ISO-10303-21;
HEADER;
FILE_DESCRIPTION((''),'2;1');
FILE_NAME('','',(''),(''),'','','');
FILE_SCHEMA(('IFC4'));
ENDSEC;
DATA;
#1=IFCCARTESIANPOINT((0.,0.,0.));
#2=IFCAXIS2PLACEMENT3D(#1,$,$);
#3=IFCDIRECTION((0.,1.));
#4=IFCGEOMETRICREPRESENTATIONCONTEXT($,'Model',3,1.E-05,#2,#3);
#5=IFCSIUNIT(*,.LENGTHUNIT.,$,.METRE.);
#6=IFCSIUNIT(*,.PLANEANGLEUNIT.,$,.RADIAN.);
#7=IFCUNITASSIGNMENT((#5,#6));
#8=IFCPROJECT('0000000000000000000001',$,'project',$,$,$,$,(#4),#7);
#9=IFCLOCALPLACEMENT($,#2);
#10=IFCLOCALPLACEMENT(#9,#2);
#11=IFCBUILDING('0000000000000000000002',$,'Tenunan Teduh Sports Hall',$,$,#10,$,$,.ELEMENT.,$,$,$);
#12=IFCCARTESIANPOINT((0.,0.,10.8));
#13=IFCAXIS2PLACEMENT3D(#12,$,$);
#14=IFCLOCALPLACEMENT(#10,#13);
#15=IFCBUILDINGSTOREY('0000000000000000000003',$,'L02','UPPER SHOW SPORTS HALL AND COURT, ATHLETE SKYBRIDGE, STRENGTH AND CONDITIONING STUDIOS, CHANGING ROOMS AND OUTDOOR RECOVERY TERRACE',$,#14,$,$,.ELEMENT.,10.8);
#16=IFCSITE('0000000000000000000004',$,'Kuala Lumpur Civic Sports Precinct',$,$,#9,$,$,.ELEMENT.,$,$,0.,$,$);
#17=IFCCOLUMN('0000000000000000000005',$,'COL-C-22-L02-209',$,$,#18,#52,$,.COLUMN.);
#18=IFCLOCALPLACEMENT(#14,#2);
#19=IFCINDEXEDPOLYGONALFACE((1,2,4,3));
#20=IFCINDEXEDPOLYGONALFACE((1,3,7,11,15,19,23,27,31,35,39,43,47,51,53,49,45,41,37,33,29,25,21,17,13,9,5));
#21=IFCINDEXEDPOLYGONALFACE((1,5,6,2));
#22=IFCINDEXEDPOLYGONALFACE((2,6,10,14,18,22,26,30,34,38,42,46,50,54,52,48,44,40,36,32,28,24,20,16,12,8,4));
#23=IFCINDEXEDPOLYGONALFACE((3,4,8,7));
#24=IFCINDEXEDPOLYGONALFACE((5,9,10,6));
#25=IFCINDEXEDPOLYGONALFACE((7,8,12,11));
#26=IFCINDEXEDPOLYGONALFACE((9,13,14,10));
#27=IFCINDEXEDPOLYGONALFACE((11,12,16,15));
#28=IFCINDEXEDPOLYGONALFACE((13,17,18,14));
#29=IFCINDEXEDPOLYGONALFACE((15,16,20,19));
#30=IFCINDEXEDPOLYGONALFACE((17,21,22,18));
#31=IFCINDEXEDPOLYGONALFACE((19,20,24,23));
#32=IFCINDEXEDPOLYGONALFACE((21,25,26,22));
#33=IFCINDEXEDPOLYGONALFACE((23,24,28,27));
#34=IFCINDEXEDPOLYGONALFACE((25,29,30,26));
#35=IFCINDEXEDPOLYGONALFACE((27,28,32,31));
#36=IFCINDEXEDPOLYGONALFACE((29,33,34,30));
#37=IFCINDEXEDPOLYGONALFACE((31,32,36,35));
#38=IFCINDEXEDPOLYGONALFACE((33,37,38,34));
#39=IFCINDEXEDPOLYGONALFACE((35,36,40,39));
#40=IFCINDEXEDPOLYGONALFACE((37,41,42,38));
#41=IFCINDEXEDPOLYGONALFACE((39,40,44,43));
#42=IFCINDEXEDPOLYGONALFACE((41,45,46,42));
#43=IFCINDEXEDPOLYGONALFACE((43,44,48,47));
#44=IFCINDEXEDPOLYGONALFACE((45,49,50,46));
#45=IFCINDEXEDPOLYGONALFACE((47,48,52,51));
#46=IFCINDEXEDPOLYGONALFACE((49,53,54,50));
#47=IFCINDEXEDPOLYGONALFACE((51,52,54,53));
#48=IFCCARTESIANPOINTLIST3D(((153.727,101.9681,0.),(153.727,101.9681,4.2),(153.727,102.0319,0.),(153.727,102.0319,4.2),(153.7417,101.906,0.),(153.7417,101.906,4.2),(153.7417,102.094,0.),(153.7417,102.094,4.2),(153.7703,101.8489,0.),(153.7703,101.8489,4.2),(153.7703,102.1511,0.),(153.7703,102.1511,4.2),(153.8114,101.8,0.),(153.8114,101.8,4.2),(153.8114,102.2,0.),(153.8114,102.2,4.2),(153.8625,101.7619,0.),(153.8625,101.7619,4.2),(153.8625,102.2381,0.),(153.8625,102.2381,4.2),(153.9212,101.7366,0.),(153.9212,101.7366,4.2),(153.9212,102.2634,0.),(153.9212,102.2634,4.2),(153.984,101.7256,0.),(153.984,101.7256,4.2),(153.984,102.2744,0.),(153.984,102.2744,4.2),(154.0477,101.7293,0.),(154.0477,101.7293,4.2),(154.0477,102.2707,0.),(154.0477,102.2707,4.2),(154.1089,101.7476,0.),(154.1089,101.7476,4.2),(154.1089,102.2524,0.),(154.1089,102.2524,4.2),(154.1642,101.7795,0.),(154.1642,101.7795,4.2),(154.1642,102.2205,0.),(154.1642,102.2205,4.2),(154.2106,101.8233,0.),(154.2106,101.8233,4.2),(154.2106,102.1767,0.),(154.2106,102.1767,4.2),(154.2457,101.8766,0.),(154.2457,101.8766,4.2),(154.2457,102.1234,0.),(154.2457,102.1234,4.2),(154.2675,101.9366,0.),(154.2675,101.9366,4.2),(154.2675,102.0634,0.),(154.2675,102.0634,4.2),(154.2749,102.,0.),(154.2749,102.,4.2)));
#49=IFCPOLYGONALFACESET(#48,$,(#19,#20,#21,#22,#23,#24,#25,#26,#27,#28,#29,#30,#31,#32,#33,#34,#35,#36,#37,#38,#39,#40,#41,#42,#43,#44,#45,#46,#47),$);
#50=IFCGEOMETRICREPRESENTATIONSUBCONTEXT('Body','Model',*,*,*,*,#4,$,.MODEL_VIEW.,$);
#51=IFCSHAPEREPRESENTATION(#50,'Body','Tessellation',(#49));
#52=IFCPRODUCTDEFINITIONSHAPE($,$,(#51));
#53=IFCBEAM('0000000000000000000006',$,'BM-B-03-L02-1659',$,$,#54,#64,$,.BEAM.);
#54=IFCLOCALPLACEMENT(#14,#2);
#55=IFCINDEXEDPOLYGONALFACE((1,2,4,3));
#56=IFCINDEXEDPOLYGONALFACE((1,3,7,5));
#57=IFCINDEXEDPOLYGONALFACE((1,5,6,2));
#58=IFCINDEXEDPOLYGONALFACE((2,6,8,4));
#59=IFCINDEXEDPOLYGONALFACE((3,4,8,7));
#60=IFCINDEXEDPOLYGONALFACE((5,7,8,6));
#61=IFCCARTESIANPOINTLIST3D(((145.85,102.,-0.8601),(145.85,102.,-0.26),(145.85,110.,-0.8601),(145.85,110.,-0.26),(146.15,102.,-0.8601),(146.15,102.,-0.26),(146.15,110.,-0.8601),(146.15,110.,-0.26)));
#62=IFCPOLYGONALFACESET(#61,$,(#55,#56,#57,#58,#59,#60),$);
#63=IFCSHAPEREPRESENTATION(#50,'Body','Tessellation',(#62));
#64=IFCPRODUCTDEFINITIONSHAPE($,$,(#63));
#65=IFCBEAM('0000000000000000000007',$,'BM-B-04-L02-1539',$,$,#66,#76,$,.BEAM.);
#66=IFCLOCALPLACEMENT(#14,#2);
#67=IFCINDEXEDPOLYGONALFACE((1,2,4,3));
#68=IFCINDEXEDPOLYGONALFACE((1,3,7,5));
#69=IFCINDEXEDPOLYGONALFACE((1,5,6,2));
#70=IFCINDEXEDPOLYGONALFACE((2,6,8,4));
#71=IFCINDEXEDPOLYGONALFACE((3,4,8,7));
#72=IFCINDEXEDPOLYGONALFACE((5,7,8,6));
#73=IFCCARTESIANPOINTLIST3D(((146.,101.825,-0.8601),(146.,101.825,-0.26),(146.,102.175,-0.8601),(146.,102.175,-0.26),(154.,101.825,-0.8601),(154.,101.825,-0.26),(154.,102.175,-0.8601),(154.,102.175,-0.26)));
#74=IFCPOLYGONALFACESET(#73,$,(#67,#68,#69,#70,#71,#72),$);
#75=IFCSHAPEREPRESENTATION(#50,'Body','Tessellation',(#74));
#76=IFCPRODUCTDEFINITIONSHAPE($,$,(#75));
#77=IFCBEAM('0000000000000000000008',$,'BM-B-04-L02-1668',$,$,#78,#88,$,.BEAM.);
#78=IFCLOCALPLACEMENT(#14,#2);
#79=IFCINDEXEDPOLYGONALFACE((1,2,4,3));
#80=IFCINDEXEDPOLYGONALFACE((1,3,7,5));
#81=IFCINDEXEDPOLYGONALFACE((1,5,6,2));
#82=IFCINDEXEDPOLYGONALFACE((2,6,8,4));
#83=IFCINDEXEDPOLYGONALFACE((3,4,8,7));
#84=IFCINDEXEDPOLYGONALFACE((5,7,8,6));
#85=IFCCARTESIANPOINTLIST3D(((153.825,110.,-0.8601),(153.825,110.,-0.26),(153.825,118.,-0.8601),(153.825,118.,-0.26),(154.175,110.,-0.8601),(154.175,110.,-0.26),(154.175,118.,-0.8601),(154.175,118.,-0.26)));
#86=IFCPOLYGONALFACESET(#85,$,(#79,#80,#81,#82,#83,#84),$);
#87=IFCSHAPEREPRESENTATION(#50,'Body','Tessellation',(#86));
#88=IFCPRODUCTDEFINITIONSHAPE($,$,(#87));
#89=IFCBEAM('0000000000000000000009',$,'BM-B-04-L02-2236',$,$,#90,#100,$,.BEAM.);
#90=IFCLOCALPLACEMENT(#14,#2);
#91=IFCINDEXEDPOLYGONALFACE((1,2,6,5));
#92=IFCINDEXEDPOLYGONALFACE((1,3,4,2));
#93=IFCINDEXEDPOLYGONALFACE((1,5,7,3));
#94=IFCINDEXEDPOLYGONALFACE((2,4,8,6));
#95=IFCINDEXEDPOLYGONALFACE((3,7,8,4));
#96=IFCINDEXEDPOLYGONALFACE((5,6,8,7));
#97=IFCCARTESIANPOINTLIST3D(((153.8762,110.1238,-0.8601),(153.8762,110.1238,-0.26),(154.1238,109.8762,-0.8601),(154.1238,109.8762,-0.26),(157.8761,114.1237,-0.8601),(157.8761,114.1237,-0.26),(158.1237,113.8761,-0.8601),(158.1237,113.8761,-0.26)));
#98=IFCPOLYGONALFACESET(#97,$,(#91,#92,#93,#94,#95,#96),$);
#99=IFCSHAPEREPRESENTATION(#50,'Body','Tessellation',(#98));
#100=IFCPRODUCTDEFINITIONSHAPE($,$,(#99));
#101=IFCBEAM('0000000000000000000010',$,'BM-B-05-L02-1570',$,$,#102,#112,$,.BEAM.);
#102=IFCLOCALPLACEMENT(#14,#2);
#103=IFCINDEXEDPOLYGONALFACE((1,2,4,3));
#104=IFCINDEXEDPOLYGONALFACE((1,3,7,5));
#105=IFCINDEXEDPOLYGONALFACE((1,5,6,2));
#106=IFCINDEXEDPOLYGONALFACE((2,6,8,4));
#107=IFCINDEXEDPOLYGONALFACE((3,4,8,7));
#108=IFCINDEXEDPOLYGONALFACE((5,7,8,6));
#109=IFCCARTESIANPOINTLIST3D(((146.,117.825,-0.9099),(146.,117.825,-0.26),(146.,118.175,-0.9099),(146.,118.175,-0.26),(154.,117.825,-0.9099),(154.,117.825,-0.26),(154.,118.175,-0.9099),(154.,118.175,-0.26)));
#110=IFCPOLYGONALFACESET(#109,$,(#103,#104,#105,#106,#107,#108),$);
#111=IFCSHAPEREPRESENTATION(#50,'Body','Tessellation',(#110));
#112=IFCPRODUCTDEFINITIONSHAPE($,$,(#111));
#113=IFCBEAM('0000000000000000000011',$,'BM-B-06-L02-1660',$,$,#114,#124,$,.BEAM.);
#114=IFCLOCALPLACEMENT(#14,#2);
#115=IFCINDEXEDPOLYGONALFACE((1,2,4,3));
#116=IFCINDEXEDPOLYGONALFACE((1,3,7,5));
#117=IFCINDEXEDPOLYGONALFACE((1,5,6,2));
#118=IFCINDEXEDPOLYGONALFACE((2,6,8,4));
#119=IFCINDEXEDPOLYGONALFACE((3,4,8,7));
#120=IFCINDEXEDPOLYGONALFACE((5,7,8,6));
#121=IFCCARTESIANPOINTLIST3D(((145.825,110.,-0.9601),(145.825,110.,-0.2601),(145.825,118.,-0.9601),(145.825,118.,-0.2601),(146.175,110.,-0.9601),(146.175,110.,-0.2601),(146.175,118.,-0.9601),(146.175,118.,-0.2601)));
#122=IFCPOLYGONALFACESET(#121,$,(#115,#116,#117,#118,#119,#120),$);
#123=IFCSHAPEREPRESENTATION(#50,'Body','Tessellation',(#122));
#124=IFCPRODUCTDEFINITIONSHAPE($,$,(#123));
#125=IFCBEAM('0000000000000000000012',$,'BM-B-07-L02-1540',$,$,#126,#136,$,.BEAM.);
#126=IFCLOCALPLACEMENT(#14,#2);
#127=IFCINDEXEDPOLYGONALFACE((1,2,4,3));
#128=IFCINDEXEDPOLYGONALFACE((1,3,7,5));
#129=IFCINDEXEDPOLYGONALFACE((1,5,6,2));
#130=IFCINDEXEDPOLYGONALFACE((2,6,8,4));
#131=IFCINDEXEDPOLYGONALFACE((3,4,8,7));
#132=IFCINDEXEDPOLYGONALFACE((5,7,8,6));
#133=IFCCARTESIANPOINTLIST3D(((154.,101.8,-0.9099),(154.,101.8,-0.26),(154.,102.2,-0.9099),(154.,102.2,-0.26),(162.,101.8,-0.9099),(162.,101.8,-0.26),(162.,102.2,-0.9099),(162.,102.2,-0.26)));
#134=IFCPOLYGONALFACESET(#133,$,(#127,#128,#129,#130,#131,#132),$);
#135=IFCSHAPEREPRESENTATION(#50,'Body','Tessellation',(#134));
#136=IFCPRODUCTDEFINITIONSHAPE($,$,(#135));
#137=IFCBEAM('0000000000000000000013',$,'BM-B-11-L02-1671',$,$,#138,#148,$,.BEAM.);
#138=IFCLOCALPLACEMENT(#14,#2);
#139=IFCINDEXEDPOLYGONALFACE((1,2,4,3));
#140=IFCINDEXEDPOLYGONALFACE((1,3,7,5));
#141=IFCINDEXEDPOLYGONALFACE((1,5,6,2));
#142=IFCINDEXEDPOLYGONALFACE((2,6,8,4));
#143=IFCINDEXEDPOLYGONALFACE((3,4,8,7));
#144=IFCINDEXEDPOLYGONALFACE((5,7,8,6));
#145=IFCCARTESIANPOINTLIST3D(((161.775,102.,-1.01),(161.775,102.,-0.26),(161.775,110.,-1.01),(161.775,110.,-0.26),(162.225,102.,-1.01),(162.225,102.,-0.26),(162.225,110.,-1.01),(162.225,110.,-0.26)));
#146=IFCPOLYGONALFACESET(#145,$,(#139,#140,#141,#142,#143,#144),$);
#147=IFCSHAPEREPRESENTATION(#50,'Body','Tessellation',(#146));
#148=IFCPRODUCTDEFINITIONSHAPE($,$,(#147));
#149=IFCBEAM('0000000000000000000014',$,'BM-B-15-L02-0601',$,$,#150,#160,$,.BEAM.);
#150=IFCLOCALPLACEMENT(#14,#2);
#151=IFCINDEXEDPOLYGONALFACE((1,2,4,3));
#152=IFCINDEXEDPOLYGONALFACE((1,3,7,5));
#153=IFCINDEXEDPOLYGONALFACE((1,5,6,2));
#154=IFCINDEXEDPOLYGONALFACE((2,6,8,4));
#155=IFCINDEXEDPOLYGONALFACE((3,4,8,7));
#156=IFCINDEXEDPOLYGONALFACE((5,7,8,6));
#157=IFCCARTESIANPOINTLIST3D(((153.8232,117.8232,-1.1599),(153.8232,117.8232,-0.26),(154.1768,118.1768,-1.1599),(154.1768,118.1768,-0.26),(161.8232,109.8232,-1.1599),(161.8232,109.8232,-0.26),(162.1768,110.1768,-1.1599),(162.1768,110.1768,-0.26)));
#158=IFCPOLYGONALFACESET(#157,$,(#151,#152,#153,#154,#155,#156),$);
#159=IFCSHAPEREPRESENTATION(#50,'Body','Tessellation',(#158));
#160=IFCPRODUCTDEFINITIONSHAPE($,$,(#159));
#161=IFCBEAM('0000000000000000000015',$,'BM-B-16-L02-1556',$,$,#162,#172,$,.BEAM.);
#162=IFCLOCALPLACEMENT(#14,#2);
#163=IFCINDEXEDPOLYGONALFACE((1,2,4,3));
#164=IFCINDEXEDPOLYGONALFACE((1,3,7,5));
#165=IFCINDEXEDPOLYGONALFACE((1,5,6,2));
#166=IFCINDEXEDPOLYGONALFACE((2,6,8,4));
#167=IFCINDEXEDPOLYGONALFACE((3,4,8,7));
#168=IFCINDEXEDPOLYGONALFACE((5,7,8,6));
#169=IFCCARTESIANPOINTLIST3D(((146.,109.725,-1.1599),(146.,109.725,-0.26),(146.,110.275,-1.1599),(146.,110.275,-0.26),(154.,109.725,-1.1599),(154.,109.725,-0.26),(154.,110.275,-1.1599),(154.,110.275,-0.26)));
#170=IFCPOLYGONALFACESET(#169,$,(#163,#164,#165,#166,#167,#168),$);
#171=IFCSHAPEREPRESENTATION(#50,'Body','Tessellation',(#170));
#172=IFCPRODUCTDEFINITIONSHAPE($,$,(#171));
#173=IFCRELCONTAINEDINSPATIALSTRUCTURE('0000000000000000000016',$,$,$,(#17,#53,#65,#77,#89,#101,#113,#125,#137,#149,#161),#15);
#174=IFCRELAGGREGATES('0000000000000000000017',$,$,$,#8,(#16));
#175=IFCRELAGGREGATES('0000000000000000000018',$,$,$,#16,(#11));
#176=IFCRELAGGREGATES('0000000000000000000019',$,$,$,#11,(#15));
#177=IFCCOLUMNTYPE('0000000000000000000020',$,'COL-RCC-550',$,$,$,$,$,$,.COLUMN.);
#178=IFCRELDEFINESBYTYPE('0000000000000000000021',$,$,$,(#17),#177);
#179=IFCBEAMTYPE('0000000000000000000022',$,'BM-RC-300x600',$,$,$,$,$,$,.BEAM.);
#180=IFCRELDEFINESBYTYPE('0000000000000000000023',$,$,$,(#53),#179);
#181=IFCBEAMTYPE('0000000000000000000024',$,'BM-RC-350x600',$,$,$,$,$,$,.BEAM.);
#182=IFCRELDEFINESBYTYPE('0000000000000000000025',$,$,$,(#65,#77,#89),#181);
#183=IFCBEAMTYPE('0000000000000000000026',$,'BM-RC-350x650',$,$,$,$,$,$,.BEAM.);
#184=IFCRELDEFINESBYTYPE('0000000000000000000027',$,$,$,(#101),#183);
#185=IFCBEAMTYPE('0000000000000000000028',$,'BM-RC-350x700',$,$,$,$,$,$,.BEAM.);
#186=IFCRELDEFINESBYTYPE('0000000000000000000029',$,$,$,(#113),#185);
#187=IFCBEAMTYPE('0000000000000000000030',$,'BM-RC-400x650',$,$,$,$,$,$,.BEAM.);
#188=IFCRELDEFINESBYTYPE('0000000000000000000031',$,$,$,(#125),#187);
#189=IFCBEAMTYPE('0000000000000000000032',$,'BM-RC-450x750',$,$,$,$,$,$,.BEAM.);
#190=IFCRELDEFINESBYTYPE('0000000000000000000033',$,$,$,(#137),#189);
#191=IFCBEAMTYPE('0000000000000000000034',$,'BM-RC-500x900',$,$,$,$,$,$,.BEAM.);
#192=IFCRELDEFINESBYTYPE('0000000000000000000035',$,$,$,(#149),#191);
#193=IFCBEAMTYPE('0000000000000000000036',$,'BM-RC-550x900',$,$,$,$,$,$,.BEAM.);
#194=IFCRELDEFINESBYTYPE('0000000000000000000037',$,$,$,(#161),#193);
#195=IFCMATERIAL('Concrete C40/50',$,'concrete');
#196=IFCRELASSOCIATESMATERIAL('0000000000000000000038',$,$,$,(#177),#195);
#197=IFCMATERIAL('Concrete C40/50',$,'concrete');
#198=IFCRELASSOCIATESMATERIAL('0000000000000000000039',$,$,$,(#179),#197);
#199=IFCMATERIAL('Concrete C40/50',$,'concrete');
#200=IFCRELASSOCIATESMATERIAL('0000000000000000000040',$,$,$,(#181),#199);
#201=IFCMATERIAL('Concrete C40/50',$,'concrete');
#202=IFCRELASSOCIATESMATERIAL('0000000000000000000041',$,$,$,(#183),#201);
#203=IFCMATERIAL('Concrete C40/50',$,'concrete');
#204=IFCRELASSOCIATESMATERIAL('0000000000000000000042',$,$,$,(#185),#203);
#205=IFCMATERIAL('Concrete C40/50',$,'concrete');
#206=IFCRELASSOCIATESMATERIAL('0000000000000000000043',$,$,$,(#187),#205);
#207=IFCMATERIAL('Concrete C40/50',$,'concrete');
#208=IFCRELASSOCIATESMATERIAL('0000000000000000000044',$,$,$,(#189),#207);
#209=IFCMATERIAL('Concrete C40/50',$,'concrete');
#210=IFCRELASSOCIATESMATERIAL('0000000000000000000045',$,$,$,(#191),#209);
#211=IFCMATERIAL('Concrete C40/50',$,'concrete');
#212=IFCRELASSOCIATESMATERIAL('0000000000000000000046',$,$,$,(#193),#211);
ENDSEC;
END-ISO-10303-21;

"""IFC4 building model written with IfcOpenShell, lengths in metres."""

from ifc_helpers import new_model, si_unit, direction, frame, origin, origin_2d, place, context, subcontext, project, spatial, rectangle, circle, extrude, material, material_profile, profile_set, type_object, element, save


model = new_model("IFC4")

# Units and contexts
model_context = context("Model", 3, precision=1e-05, world=origin(), true_north=direction((0.0, 1.0)))
body_context = subcontext(model_context, "Body", "Model", "MODEL_VIEW")
ifc_project = project(units=[si_unit("LENGTHUNIT", "METRE"), si_unit("PLANEANGLEUNIT", "RADIAN")], contexts=[model_context])

# Site, building, storey
site_placement = place(None, origin())
site = spatial("IfcSite", under=ifc_project, at=site_placement, Name="Kuala Lumpur Civic Sports Precinct", CompositionType="ELEMENT", RefElevation=0.0)
building_placement = place(site_placement, origin())
building = spatial("IfcBuilding", under=site, at=building_placement, Name="Tenunan Teduh Sports Hall", CompositionType="ELEMENT")
storey_placement = place(building_placement, frame((0.0, 0.0, 10.8)))
storey = spatial("IfcBuildingStorey", under=building, at=storey_placement, Name="L02", Description="UPPER SHOW SPORTS HALL AND COURT, ATHLETE SKYBRIDGE, STRENGTH AND CONDITIONING STUDIOS, CHANGING ROOMS AND OUTDOOR RECOVERY TERRACE", CompositionType="ELEMENT", Elevation=10.8)

# Column
ifc_material_1 = material(Name="Concrete C40/50", Category="concrete")
ifc_material_profile_1 = material_profile(ifc_material_1, circle(Radius=0.2749, at=origin_2d()), Name="RCC D550")
ifc_profile_set_1 = profile_set([ifc_material_profile_1], Name="Concrete C40/50")
column_type = type_object("IfcColumnType", Name="COL-RCC-550", PredefinedType="COLUMN", material=ifc_profile_set_1)
column_placement = place(storey_placement, frame((154.0, 102.0, 0.0), z_axis=(0.0, 0.0, 1.0), x_axis=(1.0, 0.0, 0.0)))
element("IfcColumn", 1, at=column_placement, inside=storey, type_object=column_type, Name="COL-C-22-L02-209", PredefinedType="COLUMN", context=body_context, shape_type="SweptSolid", body=[
    extrude(circle(Radius=0.2749, at=origin_2d()), origin(), (0.0, 0.0, 1.0), 4.2),
])

# Beams
ifc_material_2 = material(Name="Concrete C40/50", Category="concrete")
ifc_material_profile_2 = material_profile(ifc_material_2, rectangle(XDim=0.3, YDim=0.6001, at=origin_2d()), Name="RCB 300x600")
ifc_profile_set_2 = profile_set([ifc_material_profile_2], Name="Concrete C40/50")
beam_type_1 = type_object("IfcBeamType", Name="BM-RC-300x600", PredefinedType="BEAM", material=ifc_profile_set_2)
beam_1_placement = place(storey_placement, frame((146.0, 102.0, -0.5601), z_axis=(0.0, 1.0, 0.0), x_axis=(-1.0, 0.0, 0.0)))
element("IfcBeam", 2, at=beam_1_placement, inside=storey, type_object=beam_type_1, Name="BM-B-03-L02-1659", PredefinedType="BEAM", context=body_context, shape_type="SweptSolid", body=[
    extrude(rectangle(XDim=0.3, YDim=0.6001, at=origin_2d()), origin(), (0.0, 0.0, 1.0), 8.0),
])
ifc_material_3 = material(Name="Concrete C40/50", Category="concrete")
ifc_material_profile_3 = material_profile(ifc_material_3, rectangle(XDim=0.3501, YDim=0.6001, at=origin_2d()), Name="RCB 350x600")
ifc_profile_set_3 = profile_set([ifc_material_profile_3], Name="Concrete C40/50")
beam_type_2 = type_object("IfcBeamType", Name="BM-RC-350x600", PredefinedType="BEAM", material=ifc_profile_set_3)
for number, where, z_axis, x_axis, name in (
    (3, (146.0, 102.0, -0.5601), (1.0, 0.0, 0.0), (0.0, 1.0, 0.0), "BM-B-04-L02-1539"),
    (4, (154.0, 110.0, -0.5601), (0.0, 1.0, 0.0), (-1.0, 0.0, 0.0), "BM-B-04-L02-1668"),
):
    element("IfcBeam", number, at=place(storey_placement, frame(where, z_axis=z_axis, x_axis=x_axis)), inside=storey, type_object=beam_type_2, Name=name, PredefinedType="BEAM", context=body_context, shape_type="SweptSolid", body=[
        extrude(rectangle(XDim=0.3501, YDim=0.6001, at=origin_2d()), origin(), (0.0, 0.0, 1.0), 8.0),
    ])
beam_2_placement = place(storey_placement, frame((154.0, 110.0, -0.5601), z_axis=(0.707107, 0.707107, 0.0), x_axis=(-0.707107, 0.707107, 0.0)))
element("IfcBeam", 5, at=beam_2_placement, inside=storey, type_object=beam_type_2, Name="BM-B-04-L02-2236", PredefinedType="BEAM", context=body_context, shape_type="SweptSolid", body=[
    extrude(rectangle(XDim=0.3501, YDim=0.6001, at=origin_2d()), origin(), (0.0, 0.0, 1.0), 5.6567),
])
ifc_material_4 = material(Name="Concrete C40/50", Category="concrete")
ifc_material_profile_4 = material_profile(ifc_material_4, rectangle(XDim=0.3501, YDim=0.6499, at=origin_2d()), Name="RCB 350x650")
ifc_profile_set_4 = profile_set([ifc_material_profile_4], Name="Concrete C40/50")
beam_type_3 = type_object("IfcBeamType", Name="BM-RC-350x650", PredefinedType="BEAM", material=ifc_profile_set_4)
beam_3_placement = place(storey_placement, frame((146.0, 118.0, -0.585), z_axis=(1.0, 0.0, 0.0), x_axis=(0.0, 1.0, 0.0)))
element("IfcBeam", 6, at=beam_3_placement, inside=storey, type_object=beam_type_3, Name="BM-B-05-L02-1570", PredefinedType="BEAM", context=body_context, shape_type="SweptSolid", body=[
    extrude(rectangle(XDim=0.3501, YDim=0.6499, at=origin_2d()), origin(), (0.0, 0.0, 1.0), 8.0),
])
ifc_material_5 = material(Name="Concrete C40/50", Category="concrete")
ifc_material_profile_5 = material_profile(ifc_material_5, rectangle(XDim=0.3501, YDim=0.7, at=origin_2d()), Name="RCB 350x700")
ifc_profile_set_5 = profile_set([ifc_material_profile_5], Name="Concrete C40/50")
beam_type_4 = type_object("IfcBeamType", Name="BM-RC-350x700", PredefinedType="BEAM", material=ifc_profile_set_5)
beam_4_placement = place(storey_placement, frame((146.0, 110.0, -0.6101), z_axis=(0.0, 1.0, 0.0), x_axis=(-1.0, 0.0, 0.0)))
element("IfcBeam", 7, at=beam_4_placement, inside=storey, type_object=beam_type_4, Name="BM-B-06-L02-1660", PredefinedType="BEAM", context=body_context, shape_type="SweptSolid", body=[
    extrude(rectangle(XDim=0.3501, YDim=0.7, at=origin_2d()), origin(), (0.0, 0.0, 1.0), 8.0),
])
ifc_material_6 = material(Name="Concrete C40/50", Category="concrete")
ifc_material_profile_6 = material_profile(ifc_material_6, rectangle(XDim=0.3999, YDim=0.6499, at=origin_2d()), Name="RCB 400x650")
ifc_profile_set_6 = profile_set([ifc_material_profile_6], Name="Concrete C40/50")
beam_type_5 = type_object("IfcBeamType", Name="BM-RC-400x650", PredefinedType="BEAM", material=ifc_profile_set_6)
beam_5_placement = place(storey_placement, frame((154.0, 102.0, -0.585), z_axis=(1.0, 0.0, 0.0), x_axis=(0.0, 1.0, 0.0)))
element("IfcBeam", 8, at=beam_5_placement, inside=storey, type_object=beam_type_5, Name="BM-B-07-L02-1540", PredefinedType="BEAM", context=body_context, shape_type="SweptSolid", body=[
    extrude(rectangle(XDim=0.3999, YDim=0.6499, at=origin_2d()), origin(), (0.0, 0.0, 1.0), 8.0),
])
ifc_material_7 = material(Name="Concrete C40/50", Category="concrete")
ifc_material_profile_7 = material_profile(ifc_material_7, rectangle(XDim=0.45, YDim=0.75, at=origin_2d()), Name="RCB 450x750")
ifc_profile_set_7 = profile_set([ifc_material_profile_7], Name="Concrete C40/50")
beam_type_6 = type_object("IfcBeamType", Name="BM-RC-450x750", PredefinedType="BEAM", material=ifc_profile_set_7)
beam_6_placement = place(storey_placement, frame((162.0, 102.0, -0.635), z_axis=(0.0, 1.0, 0.0), x_axis=(-1.0, 0.0, 0.0)))
element("IfcBeam", 9, at=beam_6_placement, inside=storey, type_object=beam_type_6, Name="BM-B-11-L02-1671", PredefinedType="BEAM", context=body_context, shape_type="SweptSolid", body=[
    extrude(rectangle(XDim=0.45, YDim=0.75, at=origin_2d()), origin(), (0.0, 0.0, 1.0), 8.0),
])
ifc_material_8 = material(Name="Concrete C40/50", Category="concrete")
ifc_material_profile_8 = material_profile(ifc_material_8, rectangle(XDim=0.5, YDim=0.8999, at=origin_2d()), Name="RCB 500x900")
ifc_profile_set_8 = profile_set([ifc_material_profile_8], Name="Concrete C40/50")
beam_type_7 = type_object("IfcBeamType", Name="BM-RC-500x900", PredefinedType="BEAM", material=ifc_profile_set_8)
beam_7_placement = place(storey_placement, frame((154.0, 118.0, -0.71), z_axis=(0.707107, -0.707107, 0.0), x_axis=(0.707107, 0.707107, 0.0)))
element("IfcBeam", 10, at=beam_7_placement, inside=storey, type_object=beam_type_7, Name="BM-B-15-L02-0601", PredefinedType="BEAM", context=body_context, shape_type="SweptSolid", body=[
    extrude(rectangle(XDim=0.5, YDim=0.8999, at=origin_2d()), origin(), (0.0, 0.0, 1.0), 11.3137),
])
ifc_material_9 = material(Name="Concrete C40/50", Category="concrete")
ifc_material_profile_9 = material_profile(ifc_material_9, rectangle(XDim=0.55, YDim=0.8999, at=origin_2d()), Name="RCB 550x900")
ifc_profile_set_9 = profile_set([ifc_material_profile_9], Name="Concrete C40/50")
beam_type_8 = type_object("IfcBeamType", Name="BM-RC-550x900", PredefinedType="BEAM", material=ifc_profile_set_9)
beam_8_placement = place(storey_placement, frame((146.0, 110.0, -0.71), z_axis=(1.0, 0.0, 0.0), x_axis=(0.0, 1.0, 0.0)))
element("IfcBeam", 11, at=beam_8_placement, inside=storey, type_object=beam_type_8, Name="BM-B-16-L02-1556", PredefinedType="BEAM", context=body_context, shape_type="SweptSolid", body=[
    extrude(rectangle(XDim=0.55, YDim=0.8999, at=origin_2d()), origin(), (0.0, 0.0, 1.0), 8.0),
])

save(model, "model.ifc")
